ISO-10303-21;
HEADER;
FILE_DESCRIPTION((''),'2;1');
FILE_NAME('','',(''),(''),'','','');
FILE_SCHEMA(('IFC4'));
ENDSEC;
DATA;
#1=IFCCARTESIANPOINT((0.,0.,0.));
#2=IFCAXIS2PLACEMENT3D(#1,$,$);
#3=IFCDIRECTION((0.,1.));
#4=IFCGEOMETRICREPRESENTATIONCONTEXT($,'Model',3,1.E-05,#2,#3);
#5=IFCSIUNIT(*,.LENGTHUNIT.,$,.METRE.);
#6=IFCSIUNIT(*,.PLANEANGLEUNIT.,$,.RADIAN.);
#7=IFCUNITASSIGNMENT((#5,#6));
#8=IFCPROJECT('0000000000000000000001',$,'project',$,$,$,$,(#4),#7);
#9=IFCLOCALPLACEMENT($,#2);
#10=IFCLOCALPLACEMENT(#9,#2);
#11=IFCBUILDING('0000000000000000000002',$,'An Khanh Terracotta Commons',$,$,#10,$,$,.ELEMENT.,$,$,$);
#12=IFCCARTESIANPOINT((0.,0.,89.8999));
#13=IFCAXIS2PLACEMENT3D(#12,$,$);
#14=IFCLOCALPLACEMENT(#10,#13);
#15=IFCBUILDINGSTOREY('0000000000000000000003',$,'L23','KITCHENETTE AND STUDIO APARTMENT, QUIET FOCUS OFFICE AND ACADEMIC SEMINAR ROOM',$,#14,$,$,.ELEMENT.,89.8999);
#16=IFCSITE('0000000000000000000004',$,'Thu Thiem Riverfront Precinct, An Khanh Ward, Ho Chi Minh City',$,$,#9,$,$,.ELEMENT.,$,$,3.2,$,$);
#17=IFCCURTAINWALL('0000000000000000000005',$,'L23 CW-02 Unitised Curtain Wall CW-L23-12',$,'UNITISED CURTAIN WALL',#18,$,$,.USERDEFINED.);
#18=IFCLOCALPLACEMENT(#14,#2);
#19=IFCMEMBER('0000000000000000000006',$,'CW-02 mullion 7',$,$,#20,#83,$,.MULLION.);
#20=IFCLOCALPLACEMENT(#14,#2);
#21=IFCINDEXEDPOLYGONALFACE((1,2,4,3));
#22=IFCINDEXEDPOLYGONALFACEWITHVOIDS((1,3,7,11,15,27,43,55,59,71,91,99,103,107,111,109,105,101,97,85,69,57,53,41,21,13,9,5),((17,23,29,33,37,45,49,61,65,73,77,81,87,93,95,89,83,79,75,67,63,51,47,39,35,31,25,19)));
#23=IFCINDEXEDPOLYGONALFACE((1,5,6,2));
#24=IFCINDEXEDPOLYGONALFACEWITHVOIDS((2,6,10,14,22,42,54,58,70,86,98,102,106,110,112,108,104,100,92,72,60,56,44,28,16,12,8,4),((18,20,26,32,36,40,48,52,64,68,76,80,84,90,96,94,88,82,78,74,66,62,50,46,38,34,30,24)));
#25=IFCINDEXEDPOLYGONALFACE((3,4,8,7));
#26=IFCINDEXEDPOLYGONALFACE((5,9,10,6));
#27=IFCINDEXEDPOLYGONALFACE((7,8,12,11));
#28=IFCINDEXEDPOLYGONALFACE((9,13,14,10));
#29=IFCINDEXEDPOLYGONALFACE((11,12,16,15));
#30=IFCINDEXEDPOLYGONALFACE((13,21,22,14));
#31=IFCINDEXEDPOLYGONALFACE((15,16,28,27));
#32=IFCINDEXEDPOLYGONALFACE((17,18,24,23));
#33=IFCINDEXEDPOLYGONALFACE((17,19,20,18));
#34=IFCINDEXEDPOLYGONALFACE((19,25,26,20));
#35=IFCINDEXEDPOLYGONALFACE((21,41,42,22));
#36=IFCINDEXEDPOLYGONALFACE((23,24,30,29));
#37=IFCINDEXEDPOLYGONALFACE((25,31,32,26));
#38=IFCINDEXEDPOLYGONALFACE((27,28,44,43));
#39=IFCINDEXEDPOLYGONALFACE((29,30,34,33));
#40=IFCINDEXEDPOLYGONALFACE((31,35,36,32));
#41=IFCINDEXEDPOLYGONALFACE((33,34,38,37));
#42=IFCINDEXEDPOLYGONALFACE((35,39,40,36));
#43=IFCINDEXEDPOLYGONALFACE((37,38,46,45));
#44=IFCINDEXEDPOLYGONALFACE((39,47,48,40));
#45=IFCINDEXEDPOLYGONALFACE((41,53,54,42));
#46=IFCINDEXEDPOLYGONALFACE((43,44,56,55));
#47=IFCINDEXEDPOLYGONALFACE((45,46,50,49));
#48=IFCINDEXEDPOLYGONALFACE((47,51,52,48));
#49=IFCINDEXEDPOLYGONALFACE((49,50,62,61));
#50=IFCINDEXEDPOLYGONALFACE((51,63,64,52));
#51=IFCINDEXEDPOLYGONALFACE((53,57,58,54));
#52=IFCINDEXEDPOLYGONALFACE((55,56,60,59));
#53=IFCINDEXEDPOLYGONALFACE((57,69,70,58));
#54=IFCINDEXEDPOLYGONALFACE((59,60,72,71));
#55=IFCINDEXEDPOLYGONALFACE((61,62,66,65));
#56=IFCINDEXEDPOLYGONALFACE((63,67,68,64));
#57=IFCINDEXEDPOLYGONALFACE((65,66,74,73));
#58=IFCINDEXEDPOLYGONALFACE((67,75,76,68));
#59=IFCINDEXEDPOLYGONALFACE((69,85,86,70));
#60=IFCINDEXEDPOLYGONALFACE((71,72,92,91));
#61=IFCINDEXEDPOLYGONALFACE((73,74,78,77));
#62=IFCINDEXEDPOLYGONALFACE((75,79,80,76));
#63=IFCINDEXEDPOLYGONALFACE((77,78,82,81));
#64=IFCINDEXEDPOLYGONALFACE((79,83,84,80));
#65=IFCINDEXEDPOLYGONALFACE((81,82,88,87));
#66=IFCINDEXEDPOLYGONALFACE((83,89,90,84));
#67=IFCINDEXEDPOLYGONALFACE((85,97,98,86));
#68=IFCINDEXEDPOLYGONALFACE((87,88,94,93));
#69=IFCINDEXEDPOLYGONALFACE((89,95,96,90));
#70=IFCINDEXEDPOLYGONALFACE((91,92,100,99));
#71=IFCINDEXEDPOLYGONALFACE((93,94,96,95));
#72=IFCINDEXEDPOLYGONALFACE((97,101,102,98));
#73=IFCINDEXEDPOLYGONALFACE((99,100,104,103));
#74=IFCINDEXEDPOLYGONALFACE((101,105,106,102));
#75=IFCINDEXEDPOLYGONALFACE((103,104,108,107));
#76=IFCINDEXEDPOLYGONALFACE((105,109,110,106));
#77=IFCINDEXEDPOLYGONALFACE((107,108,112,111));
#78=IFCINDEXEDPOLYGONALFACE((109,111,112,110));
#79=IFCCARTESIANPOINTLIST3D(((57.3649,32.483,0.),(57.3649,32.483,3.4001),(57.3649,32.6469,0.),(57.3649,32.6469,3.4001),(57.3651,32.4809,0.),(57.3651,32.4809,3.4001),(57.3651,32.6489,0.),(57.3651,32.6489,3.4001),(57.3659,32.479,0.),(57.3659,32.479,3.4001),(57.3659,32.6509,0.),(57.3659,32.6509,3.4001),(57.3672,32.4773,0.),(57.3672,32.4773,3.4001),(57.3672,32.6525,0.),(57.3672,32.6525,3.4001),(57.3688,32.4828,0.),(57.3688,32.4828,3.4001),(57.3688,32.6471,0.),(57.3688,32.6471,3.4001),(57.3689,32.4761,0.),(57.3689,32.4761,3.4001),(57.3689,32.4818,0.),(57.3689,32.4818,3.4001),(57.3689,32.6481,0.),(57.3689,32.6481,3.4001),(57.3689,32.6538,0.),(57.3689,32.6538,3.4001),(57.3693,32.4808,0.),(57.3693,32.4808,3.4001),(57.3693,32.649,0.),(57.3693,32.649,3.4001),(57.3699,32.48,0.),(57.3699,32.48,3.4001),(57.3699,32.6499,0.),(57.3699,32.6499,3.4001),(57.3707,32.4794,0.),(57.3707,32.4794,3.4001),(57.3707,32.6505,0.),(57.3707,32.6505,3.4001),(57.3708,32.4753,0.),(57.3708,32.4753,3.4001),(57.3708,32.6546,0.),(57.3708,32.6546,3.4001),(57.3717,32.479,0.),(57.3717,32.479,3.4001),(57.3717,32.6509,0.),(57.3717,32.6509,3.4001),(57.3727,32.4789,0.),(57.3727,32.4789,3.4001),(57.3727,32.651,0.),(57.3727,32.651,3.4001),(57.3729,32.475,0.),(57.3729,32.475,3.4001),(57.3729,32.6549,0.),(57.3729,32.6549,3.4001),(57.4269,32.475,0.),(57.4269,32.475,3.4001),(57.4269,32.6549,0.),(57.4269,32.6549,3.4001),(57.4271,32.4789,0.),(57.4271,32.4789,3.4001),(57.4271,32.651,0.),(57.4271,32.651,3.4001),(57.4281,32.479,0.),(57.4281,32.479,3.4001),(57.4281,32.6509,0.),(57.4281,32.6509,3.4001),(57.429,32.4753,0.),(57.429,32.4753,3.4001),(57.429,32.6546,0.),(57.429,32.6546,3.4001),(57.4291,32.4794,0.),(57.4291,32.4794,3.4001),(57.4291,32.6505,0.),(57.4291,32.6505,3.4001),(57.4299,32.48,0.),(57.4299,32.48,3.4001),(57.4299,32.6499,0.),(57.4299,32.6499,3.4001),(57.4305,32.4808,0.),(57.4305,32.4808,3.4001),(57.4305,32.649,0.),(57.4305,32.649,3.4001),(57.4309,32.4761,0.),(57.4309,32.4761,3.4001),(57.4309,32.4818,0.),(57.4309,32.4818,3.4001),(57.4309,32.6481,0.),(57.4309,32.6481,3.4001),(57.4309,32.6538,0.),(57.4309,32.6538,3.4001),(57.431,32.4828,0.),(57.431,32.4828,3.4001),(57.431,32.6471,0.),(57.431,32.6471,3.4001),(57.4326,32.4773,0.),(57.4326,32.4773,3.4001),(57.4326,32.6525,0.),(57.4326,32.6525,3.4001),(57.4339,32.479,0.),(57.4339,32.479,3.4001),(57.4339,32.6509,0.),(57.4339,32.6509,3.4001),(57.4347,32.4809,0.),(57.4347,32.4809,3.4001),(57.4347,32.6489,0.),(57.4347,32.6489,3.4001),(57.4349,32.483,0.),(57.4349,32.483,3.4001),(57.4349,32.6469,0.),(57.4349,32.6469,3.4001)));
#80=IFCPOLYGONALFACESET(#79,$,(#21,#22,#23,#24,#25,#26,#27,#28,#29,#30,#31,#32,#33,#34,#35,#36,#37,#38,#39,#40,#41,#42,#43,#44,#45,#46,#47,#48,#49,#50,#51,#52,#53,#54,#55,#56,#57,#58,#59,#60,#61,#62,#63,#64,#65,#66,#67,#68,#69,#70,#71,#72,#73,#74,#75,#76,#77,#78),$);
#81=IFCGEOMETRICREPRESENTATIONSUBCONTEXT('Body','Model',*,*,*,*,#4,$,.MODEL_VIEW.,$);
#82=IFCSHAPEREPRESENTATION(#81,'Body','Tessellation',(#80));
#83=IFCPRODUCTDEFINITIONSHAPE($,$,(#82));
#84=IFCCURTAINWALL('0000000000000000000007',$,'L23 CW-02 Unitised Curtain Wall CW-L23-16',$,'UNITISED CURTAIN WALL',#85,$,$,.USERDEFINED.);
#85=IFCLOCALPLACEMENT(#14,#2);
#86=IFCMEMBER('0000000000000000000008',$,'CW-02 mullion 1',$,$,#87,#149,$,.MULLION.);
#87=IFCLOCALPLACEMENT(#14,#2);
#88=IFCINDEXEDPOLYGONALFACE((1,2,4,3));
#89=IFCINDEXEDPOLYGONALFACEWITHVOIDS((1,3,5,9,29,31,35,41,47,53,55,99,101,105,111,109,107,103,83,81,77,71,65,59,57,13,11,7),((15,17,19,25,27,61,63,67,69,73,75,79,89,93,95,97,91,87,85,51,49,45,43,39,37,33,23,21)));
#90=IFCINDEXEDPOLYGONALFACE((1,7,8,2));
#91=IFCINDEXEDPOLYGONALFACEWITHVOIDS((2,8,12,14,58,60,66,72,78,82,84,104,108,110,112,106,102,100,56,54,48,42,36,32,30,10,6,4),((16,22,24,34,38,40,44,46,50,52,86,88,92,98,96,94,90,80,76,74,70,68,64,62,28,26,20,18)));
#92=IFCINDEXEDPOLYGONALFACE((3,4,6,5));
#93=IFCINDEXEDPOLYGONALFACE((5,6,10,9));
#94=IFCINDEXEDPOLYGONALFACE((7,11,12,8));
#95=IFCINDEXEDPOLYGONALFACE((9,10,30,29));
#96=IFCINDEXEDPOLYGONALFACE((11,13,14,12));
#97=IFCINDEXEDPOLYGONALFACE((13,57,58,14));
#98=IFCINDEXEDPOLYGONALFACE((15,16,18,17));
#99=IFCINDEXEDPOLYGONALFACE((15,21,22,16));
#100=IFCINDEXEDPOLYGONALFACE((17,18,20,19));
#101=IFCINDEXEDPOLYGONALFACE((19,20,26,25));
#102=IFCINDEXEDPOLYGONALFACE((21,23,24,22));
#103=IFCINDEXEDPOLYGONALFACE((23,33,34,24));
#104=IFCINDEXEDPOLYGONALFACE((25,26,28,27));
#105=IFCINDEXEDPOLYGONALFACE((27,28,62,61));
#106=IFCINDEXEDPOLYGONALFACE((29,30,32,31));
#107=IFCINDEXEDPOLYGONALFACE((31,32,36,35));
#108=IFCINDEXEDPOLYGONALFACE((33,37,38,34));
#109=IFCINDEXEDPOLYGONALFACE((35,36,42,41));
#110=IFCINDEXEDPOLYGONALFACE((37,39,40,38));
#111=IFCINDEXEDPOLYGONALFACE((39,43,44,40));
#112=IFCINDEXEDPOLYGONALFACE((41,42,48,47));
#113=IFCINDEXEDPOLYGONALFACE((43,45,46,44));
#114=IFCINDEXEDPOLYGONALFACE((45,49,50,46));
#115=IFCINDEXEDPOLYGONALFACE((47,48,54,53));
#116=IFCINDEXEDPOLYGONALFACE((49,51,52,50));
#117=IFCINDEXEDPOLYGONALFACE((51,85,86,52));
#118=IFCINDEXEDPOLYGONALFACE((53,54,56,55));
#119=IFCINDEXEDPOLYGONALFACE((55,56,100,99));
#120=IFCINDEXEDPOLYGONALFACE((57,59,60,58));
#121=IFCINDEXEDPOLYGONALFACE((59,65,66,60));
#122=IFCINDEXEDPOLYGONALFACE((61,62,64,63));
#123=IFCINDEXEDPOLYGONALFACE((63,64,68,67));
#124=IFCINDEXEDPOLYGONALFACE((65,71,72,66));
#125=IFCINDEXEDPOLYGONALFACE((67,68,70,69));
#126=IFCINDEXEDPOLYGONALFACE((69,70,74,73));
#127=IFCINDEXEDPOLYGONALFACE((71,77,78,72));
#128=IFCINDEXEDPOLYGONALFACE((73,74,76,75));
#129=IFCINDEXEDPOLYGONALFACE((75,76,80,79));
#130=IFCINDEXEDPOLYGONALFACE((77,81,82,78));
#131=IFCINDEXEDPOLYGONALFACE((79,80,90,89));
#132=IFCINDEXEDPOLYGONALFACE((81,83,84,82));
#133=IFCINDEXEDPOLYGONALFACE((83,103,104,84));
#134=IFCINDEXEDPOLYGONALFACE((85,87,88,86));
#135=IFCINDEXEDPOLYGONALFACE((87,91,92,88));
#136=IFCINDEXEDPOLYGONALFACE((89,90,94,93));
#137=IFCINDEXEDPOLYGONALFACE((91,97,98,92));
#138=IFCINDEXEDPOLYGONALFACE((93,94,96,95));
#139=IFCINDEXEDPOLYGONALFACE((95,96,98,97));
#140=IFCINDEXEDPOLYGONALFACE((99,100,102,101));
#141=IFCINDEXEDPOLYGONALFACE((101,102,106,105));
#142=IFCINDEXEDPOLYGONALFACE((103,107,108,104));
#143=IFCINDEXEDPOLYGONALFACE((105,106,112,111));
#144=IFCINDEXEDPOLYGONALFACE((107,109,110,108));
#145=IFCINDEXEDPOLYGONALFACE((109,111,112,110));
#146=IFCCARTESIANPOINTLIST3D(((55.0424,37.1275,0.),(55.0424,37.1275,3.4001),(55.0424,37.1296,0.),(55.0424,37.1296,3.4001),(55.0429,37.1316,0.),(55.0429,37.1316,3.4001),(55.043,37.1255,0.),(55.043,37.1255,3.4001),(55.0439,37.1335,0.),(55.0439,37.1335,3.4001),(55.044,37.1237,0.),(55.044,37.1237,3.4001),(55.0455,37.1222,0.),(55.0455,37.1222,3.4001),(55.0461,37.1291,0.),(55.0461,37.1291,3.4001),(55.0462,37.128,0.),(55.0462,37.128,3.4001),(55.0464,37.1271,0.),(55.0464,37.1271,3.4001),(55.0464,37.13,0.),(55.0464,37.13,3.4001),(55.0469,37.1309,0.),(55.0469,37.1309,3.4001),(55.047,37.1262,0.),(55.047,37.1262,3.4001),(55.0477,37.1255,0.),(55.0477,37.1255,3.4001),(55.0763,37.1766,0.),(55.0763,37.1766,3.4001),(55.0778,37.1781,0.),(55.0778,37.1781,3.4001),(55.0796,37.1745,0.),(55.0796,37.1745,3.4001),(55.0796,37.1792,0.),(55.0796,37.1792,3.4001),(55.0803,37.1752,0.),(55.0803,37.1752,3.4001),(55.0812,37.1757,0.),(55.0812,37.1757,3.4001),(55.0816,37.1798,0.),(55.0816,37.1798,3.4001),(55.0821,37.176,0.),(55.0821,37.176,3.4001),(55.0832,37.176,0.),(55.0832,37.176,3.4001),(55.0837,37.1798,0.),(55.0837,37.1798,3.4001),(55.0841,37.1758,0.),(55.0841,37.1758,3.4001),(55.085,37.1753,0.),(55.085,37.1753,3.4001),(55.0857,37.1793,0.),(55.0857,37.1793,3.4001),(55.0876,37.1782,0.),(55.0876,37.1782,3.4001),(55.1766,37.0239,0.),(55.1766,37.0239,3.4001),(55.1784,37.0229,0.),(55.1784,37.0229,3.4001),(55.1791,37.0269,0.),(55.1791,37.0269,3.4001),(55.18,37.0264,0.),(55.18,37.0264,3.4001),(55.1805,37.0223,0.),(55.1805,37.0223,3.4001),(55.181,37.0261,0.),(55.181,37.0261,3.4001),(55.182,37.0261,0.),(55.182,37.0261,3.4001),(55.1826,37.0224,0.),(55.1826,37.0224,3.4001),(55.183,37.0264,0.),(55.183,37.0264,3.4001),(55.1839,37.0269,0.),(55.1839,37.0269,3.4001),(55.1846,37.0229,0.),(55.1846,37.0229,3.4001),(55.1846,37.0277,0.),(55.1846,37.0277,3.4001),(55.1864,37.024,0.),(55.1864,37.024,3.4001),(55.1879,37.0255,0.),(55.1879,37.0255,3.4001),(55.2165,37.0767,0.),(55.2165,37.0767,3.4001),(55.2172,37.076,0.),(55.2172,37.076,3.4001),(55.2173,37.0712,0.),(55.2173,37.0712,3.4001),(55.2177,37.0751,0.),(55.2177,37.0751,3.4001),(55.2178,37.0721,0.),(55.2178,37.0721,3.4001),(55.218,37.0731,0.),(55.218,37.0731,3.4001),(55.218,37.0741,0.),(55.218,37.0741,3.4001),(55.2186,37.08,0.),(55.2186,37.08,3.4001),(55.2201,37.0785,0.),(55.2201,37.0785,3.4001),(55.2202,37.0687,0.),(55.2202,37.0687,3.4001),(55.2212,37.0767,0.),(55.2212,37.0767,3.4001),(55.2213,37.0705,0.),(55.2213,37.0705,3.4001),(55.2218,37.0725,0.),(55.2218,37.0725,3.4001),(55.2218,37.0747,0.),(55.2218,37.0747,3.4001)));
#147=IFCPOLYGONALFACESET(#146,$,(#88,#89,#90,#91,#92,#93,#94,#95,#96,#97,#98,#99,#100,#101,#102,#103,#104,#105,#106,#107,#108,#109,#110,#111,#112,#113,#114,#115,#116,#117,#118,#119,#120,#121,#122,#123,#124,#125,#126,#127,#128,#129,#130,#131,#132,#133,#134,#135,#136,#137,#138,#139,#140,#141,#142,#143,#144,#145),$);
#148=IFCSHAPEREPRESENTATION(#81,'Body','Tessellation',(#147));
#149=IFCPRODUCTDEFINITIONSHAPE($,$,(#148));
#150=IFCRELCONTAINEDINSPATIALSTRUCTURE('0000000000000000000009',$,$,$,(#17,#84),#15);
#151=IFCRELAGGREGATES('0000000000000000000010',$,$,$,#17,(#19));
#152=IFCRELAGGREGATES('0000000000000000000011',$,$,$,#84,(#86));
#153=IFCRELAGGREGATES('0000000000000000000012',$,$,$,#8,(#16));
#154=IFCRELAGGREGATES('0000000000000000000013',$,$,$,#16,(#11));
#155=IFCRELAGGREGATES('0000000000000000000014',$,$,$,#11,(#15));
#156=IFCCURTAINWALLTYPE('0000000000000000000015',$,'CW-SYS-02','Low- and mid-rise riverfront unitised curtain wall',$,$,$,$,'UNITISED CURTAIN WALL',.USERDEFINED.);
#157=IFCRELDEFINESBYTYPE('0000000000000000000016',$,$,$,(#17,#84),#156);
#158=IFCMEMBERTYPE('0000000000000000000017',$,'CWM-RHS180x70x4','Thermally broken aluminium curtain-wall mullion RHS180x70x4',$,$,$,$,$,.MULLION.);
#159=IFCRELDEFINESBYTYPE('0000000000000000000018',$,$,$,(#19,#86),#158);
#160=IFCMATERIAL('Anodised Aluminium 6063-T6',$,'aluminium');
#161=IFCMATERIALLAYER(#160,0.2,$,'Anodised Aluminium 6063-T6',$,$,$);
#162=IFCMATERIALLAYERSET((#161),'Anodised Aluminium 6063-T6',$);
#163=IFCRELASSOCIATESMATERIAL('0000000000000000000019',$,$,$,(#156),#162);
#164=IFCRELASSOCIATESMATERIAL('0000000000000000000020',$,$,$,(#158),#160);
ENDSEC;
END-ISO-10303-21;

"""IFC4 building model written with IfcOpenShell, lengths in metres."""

from ifc_helpers import new_model, si_unit, direction, frame, origin, origin_2d, place, context, subcontext, project, spatial, hollow_rectangle, extrude, material, layer, layer_set, material_profile, profile_set, type_object, element, aggregate, save


model = new_model("IFC4")

# Units and contexts
model_context = context("Model", 3, precision=1e-05, world=origin(), true_north=direction((0.0, 1.0)))
body_context = subcontext(model_context, "Body", "Model", "MODEL_VIEW")
ifc_project = project(units=[si_unit("LENGTHUNIT", "METRE"), si_unit("PLANEANGLEUNIT", "RADIAN")], contexts=[model_context])

# Site, building, storey
site_placement = place(None, origin())
site = spatial("IfcSite", under=ifc_project, at=site_placement, Name="Thu Thiem Riverfront Precinct, An Khanh Ward, Ho Chi Minh City", CompositionType="ELEMENT", RefElevation=3.2)
building_placement = place(site_placement, origin())
building = spatial("IfcBuilding", under=site, at=building_placement, Name="An Khanh Terracotta Commons", CompositionType="ELEMENT")
storey_placement = place(building_placement, frame((0.0, 0.0, 89.8999)))
storey = spatial("IfcBuildingStorey", under=building, at=storey_placement, Name="L23", Description="KITCHENETTE AND STUDIO APARTMENT, QUIET FOCUS OFFICE AND ACADEMIC SEMINAR ROOM", CompositionType="ELEMENT", Elevation=89.8999)

# Curtain walls, members
ifc_material_1 = material(Name="Anodised Aluminium 6063-T6", Category="aluminium")
ifc_layer_1 = layer(ifc_material_1, 0.2, Name="Anodised Aluminium 6063-T6")
ifc_layer_set_1 = layer_set([ifc_layer_1], Name="Anodised Aluminium 6063-T6")
curtain_wall_type = type_object("IfcCurtainWallType", Name="CW-SYS-02", Description="Low- and mid-rise riverfront unitised curtain wall", ElementType="UNITISED CURTAIN WALL", PredefinedType="USERDEFINED", material=ifc_layer_set_1)
curtain_wall_1_placement = place(storey_placement, origin())
curtain_wall_1 = element("IfcCurtainWall", 1, at=curtain_wall_1_placement, inside=storey, type_object=curtain_wall_type, Name="L23 CW-02 Unitised Curtain Wall CW-L23-12", ObjectType="UNITISED CURTAIN WALL", PredefinedType="USERDEFINED")
ifc_material_profile_1 = material_profile(ifc_material_1, hollow_rectangle(XDim=0.0701, YDim=0.1799, WallThickness=0.0039, InnerFilletRadius=0.0039, OuterFilletRadius=0.0081, at=origin_2d()), Name="RHS180x70x4")
ifc_profile_set_1 = profile_set([ifc_material_profile_1], Name="Anodised Aluminium 6063-T6")
member_type_1 = type_object("IfcMemberType", Name="CWM-RHS180x70x4", Description="Thermally broken aluminium curtain-wall mullion RHS180x70x4", PredefinedType="MULLION", material=ifc_profile_set_1)
member_1_placement = place(storey_placement, frame((57.3999, 32.5649, 0.0), z_axis=(0.0, 0.0, 1.0), x_axis=(-1.0, 0.0, 0.0)))
member_1 = element("IfcMember", 2, at=member_1_placement, type_object=member_type_1, Name="CW-02 mullion 7", PredefinedType="MULLION", context=body_context, shape_type="SweptSolid", body=[
    extrude(hollow_rectangle(XDim=0.0701, YDim=0.1799, WallThickness=0.0039, InnerFilletRadius=0.0039, OuterFilletRadius=0.0081, at=origin_2d()), origin(), (0.0, 0.0, 1.0), 3.4001),
])
curtain_wall_2_placement = place(storey_placement, origin())
curtain_wall_2 = element("IfcCurtainWall", 3, at=curtain_wall_2_placement, inside=storey, type_object=curtain_wall_type, Name="L23 CW-02 Unitised Curtain Wall CW-L23-16", ObjectType="UNITISED CURTAIN WALL", PredefinedType="USERDEFINED")
member_2_placement = place(storey_placement, frame((55.1321, 37.1011, 0.0), z_axis=(0.0, 0.0, 1.0), x_axis=(-0.599983, -0.800013, 0.0)))
member_2 = element("IfcMember", 4, at=member_2_placement, type_object=member_type_1, Name="CW-02 mullion 1", PredefinedType="MULLION", context=body_context, shape_type="SweptSolid", body=[
    extrude(hollow_rectangle(XDim=0.0701, YDim=0.1799, WallThickness=0.0039, InnerFilletRadius=0.0039, OuterFilletRadius=0.0081, at=origin_2d()), origin(), (0.0, 0.0, 1.0), 3.4001),
])

aggregate(curtain_wall_1, [member_1])
aggregate(curtain_wall_2, [member_2])

save(model, "model.ifc")
